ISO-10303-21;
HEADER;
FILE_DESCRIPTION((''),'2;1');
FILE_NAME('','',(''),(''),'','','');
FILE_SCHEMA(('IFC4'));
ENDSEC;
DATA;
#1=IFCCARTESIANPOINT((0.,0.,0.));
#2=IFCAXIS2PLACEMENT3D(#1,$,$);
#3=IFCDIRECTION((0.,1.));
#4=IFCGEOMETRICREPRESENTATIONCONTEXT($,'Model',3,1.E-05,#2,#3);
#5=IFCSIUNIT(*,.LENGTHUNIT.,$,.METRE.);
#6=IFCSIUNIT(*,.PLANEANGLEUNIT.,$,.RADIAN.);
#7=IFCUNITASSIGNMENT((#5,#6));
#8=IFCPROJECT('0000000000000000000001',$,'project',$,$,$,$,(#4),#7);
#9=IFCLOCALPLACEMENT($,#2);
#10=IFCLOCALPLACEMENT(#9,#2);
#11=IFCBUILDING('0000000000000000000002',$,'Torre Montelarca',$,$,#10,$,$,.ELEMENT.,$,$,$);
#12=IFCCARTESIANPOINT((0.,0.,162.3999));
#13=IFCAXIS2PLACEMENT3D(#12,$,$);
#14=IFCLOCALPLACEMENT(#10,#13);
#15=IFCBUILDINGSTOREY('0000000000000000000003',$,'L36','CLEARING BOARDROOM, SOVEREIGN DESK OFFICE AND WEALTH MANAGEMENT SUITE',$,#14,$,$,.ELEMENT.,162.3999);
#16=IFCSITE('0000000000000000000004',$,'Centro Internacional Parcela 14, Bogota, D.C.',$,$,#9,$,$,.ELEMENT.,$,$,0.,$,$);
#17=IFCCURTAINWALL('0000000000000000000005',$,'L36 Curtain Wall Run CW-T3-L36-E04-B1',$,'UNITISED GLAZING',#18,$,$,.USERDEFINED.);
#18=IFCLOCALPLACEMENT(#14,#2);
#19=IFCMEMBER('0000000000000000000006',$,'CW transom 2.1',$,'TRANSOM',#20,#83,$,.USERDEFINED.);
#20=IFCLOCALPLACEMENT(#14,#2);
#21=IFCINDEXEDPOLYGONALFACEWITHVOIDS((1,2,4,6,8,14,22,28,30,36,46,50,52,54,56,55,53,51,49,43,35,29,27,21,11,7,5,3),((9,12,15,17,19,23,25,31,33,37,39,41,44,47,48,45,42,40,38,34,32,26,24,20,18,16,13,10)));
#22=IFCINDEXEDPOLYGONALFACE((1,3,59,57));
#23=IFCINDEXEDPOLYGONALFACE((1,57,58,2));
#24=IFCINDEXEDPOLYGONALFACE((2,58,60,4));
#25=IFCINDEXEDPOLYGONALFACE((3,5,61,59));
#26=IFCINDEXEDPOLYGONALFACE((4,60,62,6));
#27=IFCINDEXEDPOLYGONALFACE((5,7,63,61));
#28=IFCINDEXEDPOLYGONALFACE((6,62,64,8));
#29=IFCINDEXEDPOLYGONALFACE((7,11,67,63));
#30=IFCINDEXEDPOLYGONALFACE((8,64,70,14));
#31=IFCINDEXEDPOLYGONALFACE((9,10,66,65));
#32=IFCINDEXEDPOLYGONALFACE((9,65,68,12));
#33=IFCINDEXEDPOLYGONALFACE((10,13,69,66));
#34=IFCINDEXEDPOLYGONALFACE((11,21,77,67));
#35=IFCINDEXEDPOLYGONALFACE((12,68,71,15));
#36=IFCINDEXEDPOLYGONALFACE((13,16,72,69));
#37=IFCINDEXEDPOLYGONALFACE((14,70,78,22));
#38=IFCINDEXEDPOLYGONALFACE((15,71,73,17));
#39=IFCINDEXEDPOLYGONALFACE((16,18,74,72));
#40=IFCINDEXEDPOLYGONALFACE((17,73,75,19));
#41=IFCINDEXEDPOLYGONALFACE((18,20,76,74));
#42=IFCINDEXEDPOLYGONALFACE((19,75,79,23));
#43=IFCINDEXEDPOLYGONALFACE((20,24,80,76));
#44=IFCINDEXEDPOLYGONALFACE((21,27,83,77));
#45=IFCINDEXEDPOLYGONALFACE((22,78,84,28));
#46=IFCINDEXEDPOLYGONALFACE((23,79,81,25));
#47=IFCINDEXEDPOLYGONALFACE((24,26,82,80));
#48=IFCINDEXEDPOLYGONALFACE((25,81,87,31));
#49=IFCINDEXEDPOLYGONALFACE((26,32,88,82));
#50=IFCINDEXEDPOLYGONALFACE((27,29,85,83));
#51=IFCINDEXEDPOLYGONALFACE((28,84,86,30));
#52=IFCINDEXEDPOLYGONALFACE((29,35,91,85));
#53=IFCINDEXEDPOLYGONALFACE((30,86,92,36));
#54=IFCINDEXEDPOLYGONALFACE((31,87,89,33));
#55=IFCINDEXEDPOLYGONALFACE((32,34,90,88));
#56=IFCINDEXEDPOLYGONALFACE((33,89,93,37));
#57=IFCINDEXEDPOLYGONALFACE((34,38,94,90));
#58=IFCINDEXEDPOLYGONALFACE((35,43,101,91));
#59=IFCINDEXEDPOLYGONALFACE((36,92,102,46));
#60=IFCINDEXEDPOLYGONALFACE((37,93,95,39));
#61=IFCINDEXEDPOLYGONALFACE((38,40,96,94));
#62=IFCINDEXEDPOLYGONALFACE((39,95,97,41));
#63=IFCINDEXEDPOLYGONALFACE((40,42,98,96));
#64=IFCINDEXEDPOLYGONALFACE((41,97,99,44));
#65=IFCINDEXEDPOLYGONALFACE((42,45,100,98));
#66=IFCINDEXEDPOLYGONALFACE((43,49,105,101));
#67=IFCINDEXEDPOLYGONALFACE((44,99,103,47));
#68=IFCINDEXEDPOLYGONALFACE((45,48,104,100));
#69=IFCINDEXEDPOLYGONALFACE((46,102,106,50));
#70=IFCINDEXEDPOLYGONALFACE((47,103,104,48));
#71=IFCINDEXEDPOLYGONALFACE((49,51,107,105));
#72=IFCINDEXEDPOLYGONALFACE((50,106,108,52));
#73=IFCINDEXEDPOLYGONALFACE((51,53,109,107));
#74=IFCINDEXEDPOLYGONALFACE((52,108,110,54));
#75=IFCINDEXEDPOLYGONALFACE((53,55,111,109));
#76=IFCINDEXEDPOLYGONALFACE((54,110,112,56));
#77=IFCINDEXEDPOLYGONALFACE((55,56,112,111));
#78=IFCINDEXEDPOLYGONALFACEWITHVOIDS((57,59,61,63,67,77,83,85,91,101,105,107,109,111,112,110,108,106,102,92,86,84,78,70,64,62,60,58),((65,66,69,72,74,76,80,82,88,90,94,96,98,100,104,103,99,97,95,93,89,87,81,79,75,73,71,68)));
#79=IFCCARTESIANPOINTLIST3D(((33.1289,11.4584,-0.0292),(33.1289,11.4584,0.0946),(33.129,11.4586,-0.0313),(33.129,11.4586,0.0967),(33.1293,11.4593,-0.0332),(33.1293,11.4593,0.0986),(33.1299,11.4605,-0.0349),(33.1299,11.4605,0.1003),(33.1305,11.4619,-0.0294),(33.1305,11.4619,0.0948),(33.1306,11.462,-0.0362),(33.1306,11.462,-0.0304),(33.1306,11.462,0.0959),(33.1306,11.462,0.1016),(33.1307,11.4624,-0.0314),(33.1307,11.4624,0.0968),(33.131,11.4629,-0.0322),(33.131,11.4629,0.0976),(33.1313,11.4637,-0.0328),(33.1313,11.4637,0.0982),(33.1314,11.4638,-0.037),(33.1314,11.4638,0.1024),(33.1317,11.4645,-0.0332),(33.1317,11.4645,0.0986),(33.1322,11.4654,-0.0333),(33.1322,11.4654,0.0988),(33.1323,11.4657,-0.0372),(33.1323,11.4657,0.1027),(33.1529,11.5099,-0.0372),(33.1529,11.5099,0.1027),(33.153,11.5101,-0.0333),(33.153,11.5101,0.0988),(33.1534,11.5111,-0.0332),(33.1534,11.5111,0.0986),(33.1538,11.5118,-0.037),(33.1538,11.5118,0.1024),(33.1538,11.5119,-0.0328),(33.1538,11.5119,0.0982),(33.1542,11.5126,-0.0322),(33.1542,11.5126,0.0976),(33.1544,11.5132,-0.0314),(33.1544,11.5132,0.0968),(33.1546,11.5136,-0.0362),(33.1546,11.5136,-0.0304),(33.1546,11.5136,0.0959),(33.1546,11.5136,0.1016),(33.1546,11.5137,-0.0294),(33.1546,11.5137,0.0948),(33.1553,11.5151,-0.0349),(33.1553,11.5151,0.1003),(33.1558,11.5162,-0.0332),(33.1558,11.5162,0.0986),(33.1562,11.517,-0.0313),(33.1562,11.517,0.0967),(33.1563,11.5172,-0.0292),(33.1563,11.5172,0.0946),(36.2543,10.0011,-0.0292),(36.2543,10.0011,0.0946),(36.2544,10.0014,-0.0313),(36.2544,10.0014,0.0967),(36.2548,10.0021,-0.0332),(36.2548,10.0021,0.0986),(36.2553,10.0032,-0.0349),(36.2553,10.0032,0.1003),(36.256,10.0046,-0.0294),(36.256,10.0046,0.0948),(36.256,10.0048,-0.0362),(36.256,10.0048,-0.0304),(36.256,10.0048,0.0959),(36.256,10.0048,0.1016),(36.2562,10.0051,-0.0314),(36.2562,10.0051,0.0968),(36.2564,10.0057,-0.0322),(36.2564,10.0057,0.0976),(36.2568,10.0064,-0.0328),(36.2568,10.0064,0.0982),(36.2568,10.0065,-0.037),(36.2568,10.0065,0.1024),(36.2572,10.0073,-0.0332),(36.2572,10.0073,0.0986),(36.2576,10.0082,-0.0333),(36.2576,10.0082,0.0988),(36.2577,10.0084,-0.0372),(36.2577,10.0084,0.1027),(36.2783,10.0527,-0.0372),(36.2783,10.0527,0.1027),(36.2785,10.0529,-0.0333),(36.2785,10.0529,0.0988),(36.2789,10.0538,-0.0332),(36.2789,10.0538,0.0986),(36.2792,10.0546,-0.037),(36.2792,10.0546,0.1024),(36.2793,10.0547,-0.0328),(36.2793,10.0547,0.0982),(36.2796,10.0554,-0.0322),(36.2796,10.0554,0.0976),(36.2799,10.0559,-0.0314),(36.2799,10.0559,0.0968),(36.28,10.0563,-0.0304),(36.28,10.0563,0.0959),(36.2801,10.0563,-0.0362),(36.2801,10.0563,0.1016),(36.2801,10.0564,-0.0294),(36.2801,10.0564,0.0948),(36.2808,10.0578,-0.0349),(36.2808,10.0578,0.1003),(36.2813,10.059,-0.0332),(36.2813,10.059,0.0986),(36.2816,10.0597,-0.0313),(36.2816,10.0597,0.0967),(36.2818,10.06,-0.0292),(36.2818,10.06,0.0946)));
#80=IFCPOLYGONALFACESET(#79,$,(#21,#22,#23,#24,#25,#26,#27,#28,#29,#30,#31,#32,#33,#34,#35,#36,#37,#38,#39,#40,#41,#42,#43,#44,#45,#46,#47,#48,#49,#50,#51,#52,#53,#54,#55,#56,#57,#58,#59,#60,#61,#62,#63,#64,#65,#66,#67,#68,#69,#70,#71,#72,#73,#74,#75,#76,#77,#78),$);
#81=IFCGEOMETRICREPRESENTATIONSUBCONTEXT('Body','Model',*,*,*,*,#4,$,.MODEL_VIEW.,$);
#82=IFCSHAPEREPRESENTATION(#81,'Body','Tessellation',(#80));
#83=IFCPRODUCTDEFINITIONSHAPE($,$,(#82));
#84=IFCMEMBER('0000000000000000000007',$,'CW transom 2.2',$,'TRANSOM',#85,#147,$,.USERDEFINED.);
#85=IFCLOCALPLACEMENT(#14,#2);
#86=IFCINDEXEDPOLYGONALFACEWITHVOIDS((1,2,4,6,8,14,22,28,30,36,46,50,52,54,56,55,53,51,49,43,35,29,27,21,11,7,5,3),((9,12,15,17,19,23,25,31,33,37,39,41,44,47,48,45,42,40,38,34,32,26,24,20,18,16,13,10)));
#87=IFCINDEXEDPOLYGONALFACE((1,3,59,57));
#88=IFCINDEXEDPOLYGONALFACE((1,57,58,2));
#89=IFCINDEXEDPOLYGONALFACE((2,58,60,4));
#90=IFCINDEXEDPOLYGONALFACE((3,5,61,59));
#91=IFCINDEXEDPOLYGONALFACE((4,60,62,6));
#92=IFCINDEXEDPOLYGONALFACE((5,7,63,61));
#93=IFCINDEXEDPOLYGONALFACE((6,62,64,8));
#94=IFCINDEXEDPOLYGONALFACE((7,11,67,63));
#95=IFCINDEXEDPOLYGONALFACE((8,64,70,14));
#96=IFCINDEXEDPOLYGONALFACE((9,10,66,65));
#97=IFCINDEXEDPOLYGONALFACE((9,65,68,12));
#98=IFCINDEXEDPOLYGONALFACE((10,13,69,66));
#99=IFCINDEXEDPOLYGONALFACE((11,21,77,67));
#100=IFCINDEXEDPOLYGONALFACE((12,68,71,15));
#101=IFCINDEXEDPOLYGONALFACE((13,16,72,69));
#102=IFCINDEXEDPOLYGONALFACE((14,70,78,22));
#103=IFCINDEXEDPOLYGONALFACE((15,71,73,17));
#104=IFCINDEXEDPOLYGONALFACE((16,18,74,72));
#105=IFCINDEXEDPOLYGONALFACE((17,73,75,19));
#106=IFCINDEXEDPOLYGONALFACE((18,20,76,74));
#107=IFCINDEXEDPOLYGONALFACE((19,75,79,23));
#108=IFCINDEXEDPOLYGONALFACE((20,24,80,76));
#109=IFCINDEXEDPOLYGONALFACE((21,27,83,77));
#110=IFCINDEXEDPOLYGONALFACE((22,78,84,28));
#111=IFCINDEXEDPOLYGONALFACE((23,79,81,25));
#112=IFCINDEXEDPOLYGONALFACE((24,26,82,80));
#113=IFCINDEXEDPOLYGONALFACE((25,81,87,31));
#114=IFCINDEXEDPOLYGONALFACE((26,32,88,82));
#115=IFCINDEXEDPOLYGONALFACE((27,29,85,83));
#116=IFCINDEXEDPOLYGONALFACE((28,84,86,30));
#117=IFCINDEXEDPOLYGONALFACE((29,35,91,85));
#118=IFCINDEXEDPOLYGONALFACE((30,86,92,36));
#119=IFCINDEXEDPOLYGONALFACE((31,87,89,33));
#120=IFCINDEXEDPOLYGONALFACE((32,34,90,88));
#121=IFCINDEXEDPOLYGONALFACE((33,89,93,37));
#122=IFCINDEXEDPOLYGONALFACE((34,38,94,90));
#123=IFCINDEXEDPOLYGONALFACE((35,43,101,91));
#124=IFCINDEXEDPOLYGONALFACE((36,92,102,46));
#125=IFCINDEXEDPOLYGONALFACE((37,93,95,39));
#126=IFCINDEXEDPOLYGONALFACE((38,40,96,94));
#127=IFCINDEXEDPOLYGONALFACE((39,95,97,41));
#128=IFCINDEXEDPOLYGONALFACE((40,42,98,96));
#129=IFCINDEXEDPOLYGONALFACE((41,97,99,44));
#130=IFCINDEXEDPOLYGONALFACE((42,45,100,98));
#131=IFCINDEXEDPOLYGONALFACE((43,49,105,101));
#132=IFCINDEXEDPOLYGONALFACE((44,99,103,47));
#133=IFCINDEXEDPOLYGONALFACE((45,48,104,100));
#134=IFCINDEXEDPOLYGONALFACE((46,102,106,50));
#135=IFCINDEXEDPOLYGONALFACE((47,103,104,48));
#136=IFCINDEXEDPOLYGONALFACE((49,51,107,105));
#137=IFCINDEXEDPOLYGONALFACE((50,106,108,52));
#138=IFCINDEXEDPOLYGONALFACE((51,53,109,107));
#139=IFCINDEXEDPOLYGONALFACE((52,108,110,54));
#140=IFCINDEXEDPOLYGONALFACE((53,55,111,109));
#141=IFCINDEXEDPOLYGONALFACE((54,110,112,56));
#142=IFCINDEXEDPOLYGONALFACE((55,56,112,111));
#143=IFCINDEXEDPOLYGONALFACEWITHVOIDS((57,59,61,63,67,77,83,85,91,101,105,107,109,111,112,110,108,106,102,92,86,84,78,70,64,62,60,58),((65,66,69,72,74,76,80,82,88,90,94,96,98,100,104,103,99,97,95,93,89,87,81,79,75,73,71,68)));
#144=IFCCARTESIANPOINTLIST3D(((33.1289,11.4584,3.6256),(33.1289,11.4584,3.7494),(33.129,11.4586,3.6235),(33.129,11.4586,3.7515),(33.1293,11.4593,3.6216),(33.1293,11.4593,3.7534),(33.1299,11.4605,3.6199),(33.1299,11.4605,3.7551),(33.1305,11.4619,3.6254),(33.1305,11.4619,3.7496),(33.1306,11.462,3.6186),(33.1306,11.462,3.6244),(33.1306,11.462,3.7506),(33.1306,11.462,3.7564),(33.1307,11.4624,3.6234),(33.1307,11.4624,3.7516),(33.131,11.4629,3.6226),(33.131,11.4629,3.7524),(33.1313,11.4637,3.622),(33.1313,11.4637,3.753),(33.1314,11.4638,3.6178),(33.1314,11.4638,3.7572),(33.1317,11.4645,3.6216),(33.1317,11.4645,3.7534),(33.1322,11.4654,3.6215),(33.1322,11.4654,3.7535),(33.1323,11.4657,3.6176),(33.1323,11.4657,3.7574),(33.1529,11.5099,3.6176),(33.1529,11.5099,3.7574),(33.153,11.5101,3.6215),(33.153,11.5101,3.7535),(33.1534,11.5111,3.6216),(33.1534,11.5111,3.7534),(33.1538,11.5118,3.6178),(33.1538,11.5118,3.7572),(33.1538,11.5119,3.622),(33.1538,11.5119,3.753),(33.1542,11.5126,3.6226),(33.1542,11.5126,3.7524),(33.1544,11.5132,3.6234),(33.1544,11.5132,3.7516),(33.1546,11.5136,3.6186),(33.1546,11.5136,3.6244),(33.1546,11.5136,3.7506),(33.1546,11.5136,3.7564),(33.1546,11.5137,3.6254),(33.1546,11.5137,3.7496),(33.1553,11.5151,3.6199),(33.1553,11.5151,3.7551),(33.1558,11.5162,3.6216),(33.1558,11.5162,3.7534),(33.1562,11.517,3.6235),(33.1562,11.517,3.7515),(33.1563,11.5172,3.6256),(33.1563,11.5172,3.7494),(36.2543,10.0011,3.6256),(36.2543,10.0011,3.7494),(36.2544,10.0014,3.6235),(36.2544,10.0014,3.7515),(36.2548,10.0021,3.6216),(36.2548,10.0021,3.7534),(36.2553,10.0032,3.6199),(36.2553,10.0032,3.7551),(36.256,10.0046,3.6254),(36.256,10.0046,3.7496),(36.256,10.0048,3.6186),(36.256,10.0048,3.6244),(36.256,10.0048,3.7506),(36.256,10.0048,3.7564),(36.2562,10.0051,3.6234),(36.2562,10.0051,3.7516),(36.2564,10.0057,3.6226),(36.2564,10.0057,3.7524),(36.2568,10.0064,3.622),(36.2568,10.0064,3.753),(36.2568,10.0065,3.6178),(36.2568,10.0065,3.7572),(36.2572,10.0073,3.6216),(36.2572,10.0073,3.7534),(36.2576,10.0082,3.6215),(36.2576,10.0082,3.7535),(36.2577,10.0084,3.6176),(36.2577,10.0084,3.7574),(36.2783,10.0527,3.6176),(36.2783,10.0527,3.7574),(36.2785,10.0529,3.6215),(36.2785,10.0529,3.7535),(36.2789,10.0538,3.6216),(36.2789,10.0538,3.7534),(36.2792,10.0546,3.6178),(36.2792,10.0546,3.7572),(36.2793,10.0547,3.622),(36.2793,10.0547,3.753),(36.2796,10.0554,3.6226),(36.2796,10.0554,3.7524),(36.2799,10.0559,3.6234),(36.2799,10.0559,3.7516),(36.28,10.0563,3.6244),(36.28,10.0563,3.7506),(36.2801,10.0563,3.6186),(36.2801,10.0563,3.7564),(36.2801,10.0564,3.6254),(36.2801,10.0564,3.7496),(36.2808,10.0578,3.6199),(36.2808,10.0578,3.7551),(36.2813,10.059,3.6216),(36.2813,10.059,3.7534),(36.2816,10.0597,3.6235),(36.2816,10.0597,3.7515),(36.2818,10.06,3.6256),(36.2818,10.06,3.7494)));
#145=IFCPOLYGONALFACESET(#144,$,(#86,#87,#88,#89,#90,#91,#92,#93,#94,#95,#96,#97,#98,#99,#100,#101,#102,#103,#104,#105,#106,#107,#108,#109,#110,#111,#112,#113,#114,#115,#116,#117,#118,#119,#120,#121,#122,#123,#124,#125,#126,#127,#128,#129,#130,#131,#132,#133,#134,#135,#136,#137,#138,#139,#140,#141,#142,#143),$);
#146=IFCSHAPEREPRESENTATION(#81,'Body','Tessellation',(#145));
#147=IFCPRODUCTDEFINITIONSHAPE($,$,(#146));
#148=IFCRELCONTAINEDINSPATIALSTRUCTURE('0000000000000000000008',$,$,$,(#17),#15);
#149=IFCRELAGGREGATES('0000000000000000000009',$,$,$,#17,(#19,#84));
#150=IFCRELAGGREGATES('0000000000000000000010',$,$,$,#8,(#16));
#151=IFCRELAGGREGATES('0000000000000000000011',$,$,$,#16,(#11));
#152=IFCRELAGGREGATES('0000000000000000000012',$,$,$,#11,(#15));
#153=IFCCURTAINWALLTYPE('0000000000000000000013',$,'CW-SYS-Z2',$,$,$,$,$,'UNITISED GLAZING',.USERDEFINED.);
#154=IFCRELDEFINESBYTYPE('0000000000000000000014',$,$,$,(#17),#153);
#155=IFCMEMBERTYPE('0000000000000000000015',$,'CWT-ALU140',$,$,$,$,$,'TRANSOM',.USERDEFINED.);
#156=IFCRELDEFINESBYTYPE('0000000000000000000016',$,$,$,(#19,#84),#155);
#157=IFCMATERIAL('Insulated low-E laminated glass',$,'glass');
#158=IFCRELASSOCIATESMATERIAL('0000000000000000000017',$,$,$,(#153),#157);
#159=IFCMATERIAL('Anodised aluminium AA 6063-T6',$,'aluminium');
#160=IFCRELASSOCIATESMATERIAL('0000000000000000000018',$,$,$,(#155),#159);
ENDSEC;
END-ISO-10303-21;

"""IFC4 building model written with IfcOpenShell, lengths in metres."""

from ifc_helpers import new_model, si_unit, direction, frame, origin, origin_2d, place, context, subcontext, project, spatial, hollow_rectangle, extrude, source, transform, mapped, material, material_profile, profile_set, type_object, element, aggregate, save


model = new_model("IFC4")

# Units and contexts
model_context = context("Model", 3, precision=1e-05, world=origin(), true_north=direction((0.0, 1.0)))
body_context = subcontext(model_context, "Body", "Model", "MODEL_VIEW")
ifc_project = project(units=[si_unit("LENGTHUNIT", "METRE"), si_unit("PLANEANGLEUNIT", "RADIAN")], contexts=[model_context])

# Site, building, storey
site_placement = place(None, origin())
site = spatial("IfcSite", under=ifc_project, at=site_placement, Name="Centro Internacional Parcela 14, Bogota, D.C.", CompositionType="ELEMENT", RefElevation=0.0)
building_placement = place(site_placement, origin())
building = spatial("IfcBuilding", under=site, at=building_placement, Name="Torre Montelarca", CompositionType="ELEMENT")
storey_placement = place(building_placement, frame((0.0, 0.0, 162.3999)))
storey = spatial("IfcBuildingStorey", under=building, at=storey_placement, Name="L36", Description="CLEARING BOARDROOM, SOVEREIGN DESK OFFICE AND WEALTH MANAGEMENT SUITE", CompositionType="ELEMENT", Elevation=162.3999)

# Shared definitions
ifc_material_1 = material(Name="Insulated low-E laminated glass", Category="glass")
curtain_wall_type = type_object("IfcCurtainWallType", Name="CW-SYS-Z2", ElementType="UNITISED GLAZING", PredefinedType="USERDEFINED", material=ifc_material_1)
ifc_material_2 = material(Name="Anodised aluminium AA 6063-T6", Category="aluminium")
ifc_material_profile_1 = material_profile(ifc_material_2, hollow_rectangle(XDim=0.0649, YDim=0.1399, WallThickness=0.0039, InnerFilletRadius=0.0039, OuterFilletRadius=0.0081, at=origin_2d()), Name="ALU65X140X4", Category="aluminium")
ifc_profile_set_1 = profile_set([ifc_material_profile_1], Name="Anodised aluminium AA 6063-T6")
member_type_1 = type_object("IfcMemberType", Name="CWT-ALU140", ElementType="TRANSOM", PredefinedType="USERDEFINED", material=ifc_profile_set_1)

# Curtain wall
curtain_wall_1_placement = place(storey_placement, origin())
curtain_wall_1 = element("IfcCurtainWall", 1, at=curtain_wall_1_placement, inside=storey, type_object=curtain_wall_type, Name="L36 Curtain Wall Run CW-T3-L36-E04-B1", ObjectType="UNITISED GLAZING", PredefinedType="USERDEFINED")

# Members
shared_shape_1 = source(origin(), body_context, "Body", "SweptSolid", [
    extrude(hollow_rectangle(XDim=0.0649, YDim=0.1399, WallThickness=0.0039, InnerFilletRadius=0.0039, OuterFilletRadius=0.0081, at=origin_2d()), origin(), (0.0, 0.0, 1.0), 3.4485),
])
member_1_placement = place(storey_placement, frame((33.1426, 11.4878, 0.0327), z_axis=(0.906326, -0.422579, 0.0), x_axis=(0.422579, 0.906326, 0.0)))
member_1 = element("IfcMember", 2, at=member_1_placement, type_object=member_type_1, Name="CW transom 2.1", ObjectType="TRANSOM", PredefinedType="USERDEFINED", context=body_context, shape_type="MappedRepresentation", body=[
    mapped(shared_shape_1, transform((0.0, 0.0, 0.0), scale=1.0)),
])
member_2_placement = place(storey_placement, frame((33.1426, 11.4878, 3.6875), z_axis=(0.906326, -0.422579, 0.0), x_axis=(0.422579, 0.906326, 0.0)))
member_2 = element("IfcMember", 3, at=member_2_placement, type_object=member_type_1, Name="CW transom 2.2", ObjectType="TRANSOM", PredefinedType="USERDEFINED", context=body_context, shape_type="MappedRepresentation", body=[
    mapped(shared_shape_1, transform((0.0, 0.0, 0.0), scale=1.0)),
])

aggregate(curtain_wall_1, [member_1, member_2])

save(model, "model.ifc")
